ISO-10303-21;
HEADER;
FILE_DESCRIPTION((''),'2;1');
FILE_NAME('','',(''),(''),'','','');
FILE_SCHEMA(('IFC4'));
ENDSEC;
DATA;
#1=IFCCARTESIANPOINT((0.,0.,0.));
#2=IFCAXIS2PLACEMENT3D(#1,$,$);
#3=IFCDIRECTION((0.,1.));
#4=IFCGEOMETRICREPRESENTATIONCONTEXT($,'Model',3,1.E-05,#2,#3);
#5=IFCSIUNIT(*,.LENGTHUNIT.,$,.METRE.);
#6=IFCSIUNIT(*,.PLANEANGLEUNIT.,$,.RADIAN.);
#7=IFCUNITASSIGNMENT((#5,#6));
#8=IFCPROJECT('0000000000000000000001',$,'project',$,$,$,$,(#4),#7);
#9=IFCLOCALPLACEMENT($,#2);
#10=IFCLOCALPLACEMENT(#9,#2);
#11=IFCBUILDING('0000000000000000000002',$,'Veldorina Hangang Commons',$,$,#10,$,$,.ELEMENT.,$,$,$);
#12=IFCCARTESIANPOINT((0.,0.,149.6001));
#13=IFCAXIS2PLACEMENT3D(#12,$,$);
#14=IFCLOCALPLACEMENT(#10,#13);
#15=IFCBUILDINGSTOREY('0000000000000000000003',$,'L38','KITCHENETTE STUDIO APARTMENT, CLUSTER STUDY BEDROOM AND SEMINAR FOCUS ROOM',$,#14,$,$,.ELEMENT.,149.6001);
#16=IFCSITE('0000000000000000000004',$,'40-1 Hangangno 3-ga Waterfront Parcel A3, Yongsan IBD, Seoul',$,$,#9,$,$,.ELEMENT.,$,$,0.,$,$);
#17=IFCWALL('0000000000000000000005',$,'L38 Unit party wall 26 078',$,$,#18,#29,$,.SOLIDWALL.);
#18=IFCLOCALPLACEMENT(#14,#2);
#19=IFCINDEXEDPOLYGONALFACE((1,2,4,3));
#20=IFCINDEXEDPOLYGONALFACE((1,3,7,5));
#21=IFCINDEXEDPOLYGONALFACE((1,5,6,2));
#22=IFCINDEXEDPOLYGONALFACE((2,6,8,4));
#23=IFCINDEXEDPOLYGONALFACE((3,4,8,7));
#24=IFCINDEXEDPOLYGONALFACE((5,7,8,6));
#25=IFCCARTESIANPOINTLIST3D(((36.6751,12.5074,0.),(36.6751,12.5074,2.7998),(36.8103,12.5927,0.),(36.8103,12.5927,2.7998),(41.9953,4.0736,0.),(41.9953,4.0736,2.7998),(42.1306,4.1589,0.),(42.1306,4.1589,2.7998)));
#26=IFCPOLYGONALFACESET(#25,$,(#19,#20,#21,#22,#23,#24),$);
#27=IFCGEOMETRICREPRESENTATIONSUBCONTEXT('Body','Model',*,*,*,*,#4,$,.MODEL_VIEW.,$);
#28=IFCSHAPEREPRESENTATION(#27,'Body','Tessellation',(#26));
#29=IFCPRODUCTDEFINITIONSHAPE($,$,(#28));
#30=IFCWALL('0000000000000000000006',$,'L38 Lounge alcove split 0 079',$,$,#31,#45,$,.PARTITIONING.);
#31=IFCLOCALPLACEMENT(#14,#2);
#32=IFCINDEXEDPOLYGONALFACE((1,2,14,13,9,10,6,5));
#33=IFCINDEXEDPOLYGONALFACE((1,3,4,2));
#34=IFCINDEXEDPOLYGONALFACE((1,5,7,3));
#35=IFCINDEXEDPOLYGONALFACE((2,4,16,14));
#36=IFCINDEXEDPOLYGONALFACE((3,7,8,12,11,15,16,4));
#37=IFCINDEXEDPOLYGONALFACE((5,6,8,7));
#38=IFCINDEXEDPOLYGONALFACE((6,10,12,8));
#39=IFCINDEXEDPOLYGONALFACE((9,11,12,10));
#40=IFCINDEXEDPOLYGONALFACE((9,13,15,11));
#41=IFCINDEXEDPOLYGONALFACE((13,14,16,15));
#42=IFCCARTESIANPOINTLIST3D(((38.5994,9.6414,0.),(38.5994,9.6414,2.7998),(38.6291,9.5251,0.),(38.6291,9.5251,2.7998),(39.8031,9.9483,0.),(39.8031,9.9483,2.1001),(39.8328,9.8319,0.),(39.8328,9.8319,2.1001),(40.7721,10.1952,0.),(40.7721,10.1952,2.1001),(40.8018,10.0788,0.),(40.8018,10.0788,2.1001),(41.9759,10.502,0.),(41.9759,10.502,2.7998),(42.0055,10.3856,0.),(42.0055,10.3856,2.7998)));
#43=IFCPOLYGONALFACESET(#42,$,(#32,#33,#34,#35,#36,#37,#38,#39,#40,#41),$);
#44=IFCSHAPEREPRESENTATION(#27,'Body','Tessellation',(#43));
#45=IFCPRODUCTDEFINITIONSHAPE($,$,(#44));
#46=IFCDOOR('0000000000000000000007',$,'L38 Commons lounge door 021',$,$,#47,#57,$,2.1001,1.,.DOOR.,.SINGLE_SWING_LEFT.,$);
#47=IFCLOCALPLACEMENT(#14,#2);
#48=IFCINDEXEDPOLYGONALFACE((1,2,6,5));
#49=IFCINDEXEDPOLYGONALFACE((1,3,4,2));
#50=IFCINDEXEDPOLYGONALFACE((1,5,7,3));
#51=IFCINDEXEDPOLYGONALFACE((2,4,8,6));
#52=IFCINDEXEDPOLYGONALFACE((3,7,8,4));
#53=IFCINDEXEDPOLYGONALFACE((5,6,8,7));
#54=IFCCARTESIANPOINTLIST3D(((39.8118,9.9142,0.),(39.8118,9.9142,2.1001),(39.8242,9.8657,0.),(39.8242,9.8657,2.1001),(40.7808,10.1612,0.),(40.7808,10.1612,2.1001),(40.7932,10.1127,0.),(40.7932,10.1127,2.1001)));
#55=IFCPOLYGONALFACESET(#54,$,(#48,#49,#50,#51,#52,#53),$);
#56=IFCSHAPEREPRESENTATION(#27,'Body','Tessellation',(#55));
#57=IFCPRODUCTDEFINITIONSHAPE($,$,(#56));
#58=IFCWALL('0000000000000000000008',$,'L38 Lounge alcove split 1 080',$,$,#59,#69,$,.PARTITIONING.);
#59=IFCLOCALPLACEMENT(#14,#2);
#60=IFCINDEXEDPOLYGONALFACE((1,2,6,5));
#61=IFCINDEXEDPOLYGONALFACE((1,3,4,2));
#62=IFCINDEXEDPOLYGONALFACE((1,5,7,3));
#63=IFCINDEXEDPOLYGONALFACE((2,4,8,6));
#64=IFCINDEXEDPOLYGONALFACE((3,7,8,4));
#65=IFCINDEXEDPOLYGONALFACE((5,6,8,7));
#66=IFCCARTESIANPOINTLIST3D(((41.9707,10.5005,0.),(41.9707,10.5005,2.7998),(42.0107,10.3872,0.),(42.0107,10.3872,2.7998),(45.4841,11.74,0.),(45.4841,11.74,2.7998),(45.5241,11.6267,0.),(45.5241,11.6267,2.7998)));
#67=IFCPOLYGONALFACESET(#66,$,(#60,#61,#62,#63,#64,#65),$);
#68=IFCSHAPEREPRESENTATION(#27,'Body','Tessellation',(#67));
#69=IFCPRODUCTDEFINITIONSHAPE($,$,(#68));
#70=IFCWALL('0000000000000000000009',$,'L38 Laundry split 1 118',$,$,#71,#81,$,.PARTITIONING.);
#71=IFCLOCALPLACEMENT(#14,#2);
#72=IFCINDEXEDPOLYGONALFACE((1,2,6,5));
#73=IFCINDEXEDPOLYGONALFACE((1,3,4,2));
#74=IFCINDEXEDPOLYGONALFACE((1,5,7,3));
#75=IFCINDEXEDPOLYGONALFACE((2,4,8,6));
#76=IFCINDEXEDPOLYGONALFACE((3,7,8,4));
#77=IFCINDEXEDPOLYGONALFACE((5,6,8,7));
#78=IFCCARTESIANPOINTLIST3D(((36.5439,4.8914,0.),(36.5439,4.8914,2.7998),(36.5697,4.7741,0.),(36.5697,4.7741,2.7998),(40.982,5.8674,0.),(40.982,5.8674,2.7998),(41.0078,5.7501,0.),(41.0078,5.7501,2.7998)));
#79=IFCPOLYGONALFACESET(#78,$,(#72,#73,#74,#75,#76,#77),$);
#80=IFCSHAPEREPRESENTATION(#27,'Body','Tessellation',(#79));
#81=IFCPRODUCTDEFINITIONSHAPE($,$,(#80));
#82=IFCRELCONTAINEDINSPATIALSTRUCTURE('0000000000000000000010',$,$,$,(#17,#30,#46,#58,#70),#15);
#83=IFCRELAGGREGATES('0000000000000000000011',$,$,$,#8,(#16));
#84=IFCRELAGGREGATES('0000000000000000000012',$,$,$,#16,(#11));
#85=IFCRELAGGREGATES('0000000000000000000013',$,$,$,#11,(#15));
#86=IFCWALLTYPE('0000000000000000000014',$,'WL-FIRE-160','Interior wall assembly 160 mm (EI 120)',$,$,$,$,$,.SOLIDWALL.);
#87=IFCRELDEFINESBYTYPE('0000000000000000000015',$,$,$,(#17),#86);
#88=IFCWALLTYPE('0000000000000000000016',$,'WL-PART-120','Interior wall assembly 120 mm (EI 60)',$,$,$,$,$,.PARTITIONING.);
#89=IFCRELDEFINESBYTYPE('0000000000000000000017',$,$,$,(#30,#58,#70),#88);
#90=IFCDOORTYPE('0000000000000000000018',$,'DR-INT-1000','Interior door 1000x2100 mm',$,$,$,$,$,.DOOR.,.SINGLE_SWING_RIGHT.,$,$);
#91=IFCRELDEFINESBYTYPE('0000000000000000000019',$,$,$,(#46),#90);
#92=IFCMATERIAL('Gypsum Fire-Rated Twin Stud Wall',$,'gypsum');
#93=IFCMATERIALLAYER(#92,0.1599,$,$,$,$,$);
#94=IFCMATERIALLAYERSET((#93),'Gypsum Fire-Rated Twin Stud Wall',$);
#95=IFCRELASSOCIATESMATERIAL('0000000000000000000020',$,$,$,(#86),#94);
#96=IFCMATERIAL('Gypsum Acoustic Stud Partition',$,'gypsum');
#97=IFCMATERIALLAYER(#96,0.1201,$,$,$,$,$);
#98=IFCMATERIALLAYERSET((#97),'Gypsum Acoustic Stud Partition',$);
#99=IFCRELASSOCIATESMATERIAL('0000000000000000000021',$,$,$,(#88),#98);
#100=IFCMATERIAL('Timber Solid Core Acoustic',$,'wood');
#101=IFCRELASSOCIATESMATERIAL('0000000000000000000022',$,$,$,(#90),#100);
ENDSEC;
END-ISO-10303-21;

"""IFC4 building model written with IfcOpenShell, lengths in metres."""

from ifc_helpers import new_model, si_unit, direction, frame, frame_2d, origin, place, context, subcontext, project, spatial, rectangle, extrude, material, layer, layer_set, type_object, element, fill, save


model = new_model("IFC4")

# Units and contexts
model_context = context("Model", 3, precision=1e-05, world=origin(), true_north=direction((0.0, 1.0)))
body_context = subcontext(model_context, "Body", "Model", "MODEL_VIEW")
ifc_project = project(units=[si_unit("LENGTHUNIT", "METRE"), si_unit("PLANEANGLEUNIT", "RADIAN")], contexts=[model_context])

# Site, building, storey
site_placement = place(None, origin())
site = spatial("IfcSite", under=ifc_project, at=site_placement, Name="40-1 Hangangno 3-ga Waterfront Parcel A3, Yongsan IBD, Seoul", CompositionType="ELEMENT", RefElevation=0.0)
building_placement = place(site_placement, origin())
building = spatial("IfcBuilding", under=site, at=building_placement, Name="Veldorina Hangang Commons", CompositionType="ELEMENT")
storey_placement = place(building_placement, frame((0.0, 0.0, 149.6001)))
storey = spatial("IfcBuildingStorey", under=building, at=storey_placement, Name="L38", Description="KITCHENETTE STUDIO APARTMENT, CLUSTER STUDY BEDROOM AND SEMINAR FOCUS ROOM", CompositionType="ELEMENT", Elevation=149.6001)

# Shared definitions
ifc_material_1 = material(Name="Gypsum Fire-Rated Twin Stud Wall", Category="gypsum")
ifc_layer_1 = layer(ifc_material_1, 0.1599)
ifc_layer_set_1 = layer_set([ifc_layer_1], Name="Gypsum Fire-Rated Twin Stud Wall")
wall_type_1 = type_object("IfcWallType", Name="WL-FIRE-160", Description="Interior wall assembly 160 mm (EI 120)", PredefinedType="SOLIDWALL", material=ifc_layer_set_1)
ifc_material_2 = material(Name="Timber Solid Core Acoustic", Category="wood")

# Wall
wall_1_placement = place(storey_placement, frame((36.7427, 12.55, 0.0), z_axis=(0.0, 0.0, 1.0), x_axis=(0.53354, -0.845775, 0.0)))
element("IfcWall", 1, at=wall_1_placement, inside=storey, type_object=wall_type_1, Name="L38 Unit party wall 26 078", PredefinedType="SOLIDWALL", context=body_context, shape_type="SweptSolid", body=[
    extrude(rectangle(XDim=9.9717, YDim=0.1599, at=frame_2d((4.9858, 0.0))), origin(), (0.0, 0.0, 1.0), 2.7998),
])

# Wall, opening, door
ifc_material_3 = material(Name="Gypsum Acoustic Stud Partition", Category="gypsum")
ifc_layer_2 = layer(ifc_material_3, 0.1201)
ifc_layer_set_2 = layer_set([ifc_layer_2], Name="Gypsum Acoustic Stud Partition")
wall_type_2 = type_object("IfcWallType", Name="WL-PART-120", Description="Interior wall assembly 120 mm (EI 60)", PredefinedType="PARTITIONING", material=ifc_layer_set_2)
wall_2_placement = place(storey_placement, frame((38.6143, 9.5833, 0.0), z_axis=(0.0, 0.0, 1.0), x_axis=(0.969019, 0.246984, 0.0)))
wall_2 = element("IfcWall", 2, at=wall_2_placement, inside=storey, type_object=wall_type_2, Name="L38 Lounge alcove split 0 079", PredefinedType="PARTITIONING", context=body_context, shape_type="SweptSolid", body=[
    extrude(rectangle(XDim=3.4844, YDim=0.1201, at=frame_2d((1.7422, 0.0))), origin(), (0.0, 0.0, 1.0), 2.7998),
])
opening_1_placement = place(wall_2_placement, frame((1.2422, 0.0, 0.0)))
opening_1 = element("IfcOpeningElement", 3, at=opening_1_placement, cuts=wall_2, PredefinedType="OPENING", context=body_context, shape_type="SweptSolid", body=[
    extrude(rectangle(XDim=1.0, YDim=2.1001, at=frame_2d((0.5, 1.05))), frame((0.0, 0.0701, 0.0), z_axis=(0.0, -1.0, 0.0), x_axis=(1.0, 0.0, 0.0)), (0.0, 0.0, 1.0), 0.1401),
])
door_type_1 = type_object("IfcDoorType", Name="DR-INT-1000", Description="Interior door 1000x2100 mm", OperationType="SINGLE_SWING_RIGHT", PredefinedType="DOOR", material=ifc_material_2)
door_1_placement = place(opening_1_placement, origin())
door_1 = element("IfcDoor", 4, at=door_1_placement, inside=storey, type_object=door_type_1, Name="L38 Commons lounge door 021", OperationType="SINGLE_SWING_LEFT", OverallHeight=2.1001, OverallWidth=1.0, PredefinedType="DOOR", context=body_context, shape_type="SweptSolid", body=[
    extrude(rectangle(XDim=1.0, YDim=2.1001, at=frame_2d((0.5, 1.05))), frame((0.0, 0.0249, 0.0), z_axis=(0.0, -1.0, 0.0), x_axis=(1.0, 0.0, 0.0)), (0.0, 0.0, 1.0), 0.05),
])
fill(opening_1, door_1)

# Walls
wall_3_placement = place(storey_placement, frame((41.9907, 10.4438, 0.0), z_axis=(0.0, 0.0, 1.0), x_axis=(0.943035, 0.332693, 0.0)))
element("IfcWall", 5, at=wall_3_placement, inside=storey, type_object=wall_type_2, Name="L38 Lounge alcove split 1 080", PredefinedType="PARTITIONING", context=body_context, shape_type="SweptSolid", body=[
    extrude(rectangle(XDim=3.7256, YDim=0.1201, at=frame_2d((1.8628, 0.0))), origin(), (0.0, 0.0, 1.0), 2.7998),
])
wall_4_placement = place(storey_placement, frame((36.5569, 4.8328, 0.0), z_axis=(0.0, 0.0, 1.0), x_axis=(0.97666, 0.214791, 0.0)))
element("IfcWall", 6, at=wall_4_placement, inside=storey, type_object=wall_type_2, Name="L38 Laundry split 1 118", PredefinedType="PARTITIONING", context=body_context, shape_type="SweptSolid", body=[
    extrude(rectangle(XDim=4.5442, YDim=0.1201, at=frame_2d((2.272, 0.0))), origin(), (0.0, 0.0, 1.0), 2.7998),
])

save(model, "model.ifc")
